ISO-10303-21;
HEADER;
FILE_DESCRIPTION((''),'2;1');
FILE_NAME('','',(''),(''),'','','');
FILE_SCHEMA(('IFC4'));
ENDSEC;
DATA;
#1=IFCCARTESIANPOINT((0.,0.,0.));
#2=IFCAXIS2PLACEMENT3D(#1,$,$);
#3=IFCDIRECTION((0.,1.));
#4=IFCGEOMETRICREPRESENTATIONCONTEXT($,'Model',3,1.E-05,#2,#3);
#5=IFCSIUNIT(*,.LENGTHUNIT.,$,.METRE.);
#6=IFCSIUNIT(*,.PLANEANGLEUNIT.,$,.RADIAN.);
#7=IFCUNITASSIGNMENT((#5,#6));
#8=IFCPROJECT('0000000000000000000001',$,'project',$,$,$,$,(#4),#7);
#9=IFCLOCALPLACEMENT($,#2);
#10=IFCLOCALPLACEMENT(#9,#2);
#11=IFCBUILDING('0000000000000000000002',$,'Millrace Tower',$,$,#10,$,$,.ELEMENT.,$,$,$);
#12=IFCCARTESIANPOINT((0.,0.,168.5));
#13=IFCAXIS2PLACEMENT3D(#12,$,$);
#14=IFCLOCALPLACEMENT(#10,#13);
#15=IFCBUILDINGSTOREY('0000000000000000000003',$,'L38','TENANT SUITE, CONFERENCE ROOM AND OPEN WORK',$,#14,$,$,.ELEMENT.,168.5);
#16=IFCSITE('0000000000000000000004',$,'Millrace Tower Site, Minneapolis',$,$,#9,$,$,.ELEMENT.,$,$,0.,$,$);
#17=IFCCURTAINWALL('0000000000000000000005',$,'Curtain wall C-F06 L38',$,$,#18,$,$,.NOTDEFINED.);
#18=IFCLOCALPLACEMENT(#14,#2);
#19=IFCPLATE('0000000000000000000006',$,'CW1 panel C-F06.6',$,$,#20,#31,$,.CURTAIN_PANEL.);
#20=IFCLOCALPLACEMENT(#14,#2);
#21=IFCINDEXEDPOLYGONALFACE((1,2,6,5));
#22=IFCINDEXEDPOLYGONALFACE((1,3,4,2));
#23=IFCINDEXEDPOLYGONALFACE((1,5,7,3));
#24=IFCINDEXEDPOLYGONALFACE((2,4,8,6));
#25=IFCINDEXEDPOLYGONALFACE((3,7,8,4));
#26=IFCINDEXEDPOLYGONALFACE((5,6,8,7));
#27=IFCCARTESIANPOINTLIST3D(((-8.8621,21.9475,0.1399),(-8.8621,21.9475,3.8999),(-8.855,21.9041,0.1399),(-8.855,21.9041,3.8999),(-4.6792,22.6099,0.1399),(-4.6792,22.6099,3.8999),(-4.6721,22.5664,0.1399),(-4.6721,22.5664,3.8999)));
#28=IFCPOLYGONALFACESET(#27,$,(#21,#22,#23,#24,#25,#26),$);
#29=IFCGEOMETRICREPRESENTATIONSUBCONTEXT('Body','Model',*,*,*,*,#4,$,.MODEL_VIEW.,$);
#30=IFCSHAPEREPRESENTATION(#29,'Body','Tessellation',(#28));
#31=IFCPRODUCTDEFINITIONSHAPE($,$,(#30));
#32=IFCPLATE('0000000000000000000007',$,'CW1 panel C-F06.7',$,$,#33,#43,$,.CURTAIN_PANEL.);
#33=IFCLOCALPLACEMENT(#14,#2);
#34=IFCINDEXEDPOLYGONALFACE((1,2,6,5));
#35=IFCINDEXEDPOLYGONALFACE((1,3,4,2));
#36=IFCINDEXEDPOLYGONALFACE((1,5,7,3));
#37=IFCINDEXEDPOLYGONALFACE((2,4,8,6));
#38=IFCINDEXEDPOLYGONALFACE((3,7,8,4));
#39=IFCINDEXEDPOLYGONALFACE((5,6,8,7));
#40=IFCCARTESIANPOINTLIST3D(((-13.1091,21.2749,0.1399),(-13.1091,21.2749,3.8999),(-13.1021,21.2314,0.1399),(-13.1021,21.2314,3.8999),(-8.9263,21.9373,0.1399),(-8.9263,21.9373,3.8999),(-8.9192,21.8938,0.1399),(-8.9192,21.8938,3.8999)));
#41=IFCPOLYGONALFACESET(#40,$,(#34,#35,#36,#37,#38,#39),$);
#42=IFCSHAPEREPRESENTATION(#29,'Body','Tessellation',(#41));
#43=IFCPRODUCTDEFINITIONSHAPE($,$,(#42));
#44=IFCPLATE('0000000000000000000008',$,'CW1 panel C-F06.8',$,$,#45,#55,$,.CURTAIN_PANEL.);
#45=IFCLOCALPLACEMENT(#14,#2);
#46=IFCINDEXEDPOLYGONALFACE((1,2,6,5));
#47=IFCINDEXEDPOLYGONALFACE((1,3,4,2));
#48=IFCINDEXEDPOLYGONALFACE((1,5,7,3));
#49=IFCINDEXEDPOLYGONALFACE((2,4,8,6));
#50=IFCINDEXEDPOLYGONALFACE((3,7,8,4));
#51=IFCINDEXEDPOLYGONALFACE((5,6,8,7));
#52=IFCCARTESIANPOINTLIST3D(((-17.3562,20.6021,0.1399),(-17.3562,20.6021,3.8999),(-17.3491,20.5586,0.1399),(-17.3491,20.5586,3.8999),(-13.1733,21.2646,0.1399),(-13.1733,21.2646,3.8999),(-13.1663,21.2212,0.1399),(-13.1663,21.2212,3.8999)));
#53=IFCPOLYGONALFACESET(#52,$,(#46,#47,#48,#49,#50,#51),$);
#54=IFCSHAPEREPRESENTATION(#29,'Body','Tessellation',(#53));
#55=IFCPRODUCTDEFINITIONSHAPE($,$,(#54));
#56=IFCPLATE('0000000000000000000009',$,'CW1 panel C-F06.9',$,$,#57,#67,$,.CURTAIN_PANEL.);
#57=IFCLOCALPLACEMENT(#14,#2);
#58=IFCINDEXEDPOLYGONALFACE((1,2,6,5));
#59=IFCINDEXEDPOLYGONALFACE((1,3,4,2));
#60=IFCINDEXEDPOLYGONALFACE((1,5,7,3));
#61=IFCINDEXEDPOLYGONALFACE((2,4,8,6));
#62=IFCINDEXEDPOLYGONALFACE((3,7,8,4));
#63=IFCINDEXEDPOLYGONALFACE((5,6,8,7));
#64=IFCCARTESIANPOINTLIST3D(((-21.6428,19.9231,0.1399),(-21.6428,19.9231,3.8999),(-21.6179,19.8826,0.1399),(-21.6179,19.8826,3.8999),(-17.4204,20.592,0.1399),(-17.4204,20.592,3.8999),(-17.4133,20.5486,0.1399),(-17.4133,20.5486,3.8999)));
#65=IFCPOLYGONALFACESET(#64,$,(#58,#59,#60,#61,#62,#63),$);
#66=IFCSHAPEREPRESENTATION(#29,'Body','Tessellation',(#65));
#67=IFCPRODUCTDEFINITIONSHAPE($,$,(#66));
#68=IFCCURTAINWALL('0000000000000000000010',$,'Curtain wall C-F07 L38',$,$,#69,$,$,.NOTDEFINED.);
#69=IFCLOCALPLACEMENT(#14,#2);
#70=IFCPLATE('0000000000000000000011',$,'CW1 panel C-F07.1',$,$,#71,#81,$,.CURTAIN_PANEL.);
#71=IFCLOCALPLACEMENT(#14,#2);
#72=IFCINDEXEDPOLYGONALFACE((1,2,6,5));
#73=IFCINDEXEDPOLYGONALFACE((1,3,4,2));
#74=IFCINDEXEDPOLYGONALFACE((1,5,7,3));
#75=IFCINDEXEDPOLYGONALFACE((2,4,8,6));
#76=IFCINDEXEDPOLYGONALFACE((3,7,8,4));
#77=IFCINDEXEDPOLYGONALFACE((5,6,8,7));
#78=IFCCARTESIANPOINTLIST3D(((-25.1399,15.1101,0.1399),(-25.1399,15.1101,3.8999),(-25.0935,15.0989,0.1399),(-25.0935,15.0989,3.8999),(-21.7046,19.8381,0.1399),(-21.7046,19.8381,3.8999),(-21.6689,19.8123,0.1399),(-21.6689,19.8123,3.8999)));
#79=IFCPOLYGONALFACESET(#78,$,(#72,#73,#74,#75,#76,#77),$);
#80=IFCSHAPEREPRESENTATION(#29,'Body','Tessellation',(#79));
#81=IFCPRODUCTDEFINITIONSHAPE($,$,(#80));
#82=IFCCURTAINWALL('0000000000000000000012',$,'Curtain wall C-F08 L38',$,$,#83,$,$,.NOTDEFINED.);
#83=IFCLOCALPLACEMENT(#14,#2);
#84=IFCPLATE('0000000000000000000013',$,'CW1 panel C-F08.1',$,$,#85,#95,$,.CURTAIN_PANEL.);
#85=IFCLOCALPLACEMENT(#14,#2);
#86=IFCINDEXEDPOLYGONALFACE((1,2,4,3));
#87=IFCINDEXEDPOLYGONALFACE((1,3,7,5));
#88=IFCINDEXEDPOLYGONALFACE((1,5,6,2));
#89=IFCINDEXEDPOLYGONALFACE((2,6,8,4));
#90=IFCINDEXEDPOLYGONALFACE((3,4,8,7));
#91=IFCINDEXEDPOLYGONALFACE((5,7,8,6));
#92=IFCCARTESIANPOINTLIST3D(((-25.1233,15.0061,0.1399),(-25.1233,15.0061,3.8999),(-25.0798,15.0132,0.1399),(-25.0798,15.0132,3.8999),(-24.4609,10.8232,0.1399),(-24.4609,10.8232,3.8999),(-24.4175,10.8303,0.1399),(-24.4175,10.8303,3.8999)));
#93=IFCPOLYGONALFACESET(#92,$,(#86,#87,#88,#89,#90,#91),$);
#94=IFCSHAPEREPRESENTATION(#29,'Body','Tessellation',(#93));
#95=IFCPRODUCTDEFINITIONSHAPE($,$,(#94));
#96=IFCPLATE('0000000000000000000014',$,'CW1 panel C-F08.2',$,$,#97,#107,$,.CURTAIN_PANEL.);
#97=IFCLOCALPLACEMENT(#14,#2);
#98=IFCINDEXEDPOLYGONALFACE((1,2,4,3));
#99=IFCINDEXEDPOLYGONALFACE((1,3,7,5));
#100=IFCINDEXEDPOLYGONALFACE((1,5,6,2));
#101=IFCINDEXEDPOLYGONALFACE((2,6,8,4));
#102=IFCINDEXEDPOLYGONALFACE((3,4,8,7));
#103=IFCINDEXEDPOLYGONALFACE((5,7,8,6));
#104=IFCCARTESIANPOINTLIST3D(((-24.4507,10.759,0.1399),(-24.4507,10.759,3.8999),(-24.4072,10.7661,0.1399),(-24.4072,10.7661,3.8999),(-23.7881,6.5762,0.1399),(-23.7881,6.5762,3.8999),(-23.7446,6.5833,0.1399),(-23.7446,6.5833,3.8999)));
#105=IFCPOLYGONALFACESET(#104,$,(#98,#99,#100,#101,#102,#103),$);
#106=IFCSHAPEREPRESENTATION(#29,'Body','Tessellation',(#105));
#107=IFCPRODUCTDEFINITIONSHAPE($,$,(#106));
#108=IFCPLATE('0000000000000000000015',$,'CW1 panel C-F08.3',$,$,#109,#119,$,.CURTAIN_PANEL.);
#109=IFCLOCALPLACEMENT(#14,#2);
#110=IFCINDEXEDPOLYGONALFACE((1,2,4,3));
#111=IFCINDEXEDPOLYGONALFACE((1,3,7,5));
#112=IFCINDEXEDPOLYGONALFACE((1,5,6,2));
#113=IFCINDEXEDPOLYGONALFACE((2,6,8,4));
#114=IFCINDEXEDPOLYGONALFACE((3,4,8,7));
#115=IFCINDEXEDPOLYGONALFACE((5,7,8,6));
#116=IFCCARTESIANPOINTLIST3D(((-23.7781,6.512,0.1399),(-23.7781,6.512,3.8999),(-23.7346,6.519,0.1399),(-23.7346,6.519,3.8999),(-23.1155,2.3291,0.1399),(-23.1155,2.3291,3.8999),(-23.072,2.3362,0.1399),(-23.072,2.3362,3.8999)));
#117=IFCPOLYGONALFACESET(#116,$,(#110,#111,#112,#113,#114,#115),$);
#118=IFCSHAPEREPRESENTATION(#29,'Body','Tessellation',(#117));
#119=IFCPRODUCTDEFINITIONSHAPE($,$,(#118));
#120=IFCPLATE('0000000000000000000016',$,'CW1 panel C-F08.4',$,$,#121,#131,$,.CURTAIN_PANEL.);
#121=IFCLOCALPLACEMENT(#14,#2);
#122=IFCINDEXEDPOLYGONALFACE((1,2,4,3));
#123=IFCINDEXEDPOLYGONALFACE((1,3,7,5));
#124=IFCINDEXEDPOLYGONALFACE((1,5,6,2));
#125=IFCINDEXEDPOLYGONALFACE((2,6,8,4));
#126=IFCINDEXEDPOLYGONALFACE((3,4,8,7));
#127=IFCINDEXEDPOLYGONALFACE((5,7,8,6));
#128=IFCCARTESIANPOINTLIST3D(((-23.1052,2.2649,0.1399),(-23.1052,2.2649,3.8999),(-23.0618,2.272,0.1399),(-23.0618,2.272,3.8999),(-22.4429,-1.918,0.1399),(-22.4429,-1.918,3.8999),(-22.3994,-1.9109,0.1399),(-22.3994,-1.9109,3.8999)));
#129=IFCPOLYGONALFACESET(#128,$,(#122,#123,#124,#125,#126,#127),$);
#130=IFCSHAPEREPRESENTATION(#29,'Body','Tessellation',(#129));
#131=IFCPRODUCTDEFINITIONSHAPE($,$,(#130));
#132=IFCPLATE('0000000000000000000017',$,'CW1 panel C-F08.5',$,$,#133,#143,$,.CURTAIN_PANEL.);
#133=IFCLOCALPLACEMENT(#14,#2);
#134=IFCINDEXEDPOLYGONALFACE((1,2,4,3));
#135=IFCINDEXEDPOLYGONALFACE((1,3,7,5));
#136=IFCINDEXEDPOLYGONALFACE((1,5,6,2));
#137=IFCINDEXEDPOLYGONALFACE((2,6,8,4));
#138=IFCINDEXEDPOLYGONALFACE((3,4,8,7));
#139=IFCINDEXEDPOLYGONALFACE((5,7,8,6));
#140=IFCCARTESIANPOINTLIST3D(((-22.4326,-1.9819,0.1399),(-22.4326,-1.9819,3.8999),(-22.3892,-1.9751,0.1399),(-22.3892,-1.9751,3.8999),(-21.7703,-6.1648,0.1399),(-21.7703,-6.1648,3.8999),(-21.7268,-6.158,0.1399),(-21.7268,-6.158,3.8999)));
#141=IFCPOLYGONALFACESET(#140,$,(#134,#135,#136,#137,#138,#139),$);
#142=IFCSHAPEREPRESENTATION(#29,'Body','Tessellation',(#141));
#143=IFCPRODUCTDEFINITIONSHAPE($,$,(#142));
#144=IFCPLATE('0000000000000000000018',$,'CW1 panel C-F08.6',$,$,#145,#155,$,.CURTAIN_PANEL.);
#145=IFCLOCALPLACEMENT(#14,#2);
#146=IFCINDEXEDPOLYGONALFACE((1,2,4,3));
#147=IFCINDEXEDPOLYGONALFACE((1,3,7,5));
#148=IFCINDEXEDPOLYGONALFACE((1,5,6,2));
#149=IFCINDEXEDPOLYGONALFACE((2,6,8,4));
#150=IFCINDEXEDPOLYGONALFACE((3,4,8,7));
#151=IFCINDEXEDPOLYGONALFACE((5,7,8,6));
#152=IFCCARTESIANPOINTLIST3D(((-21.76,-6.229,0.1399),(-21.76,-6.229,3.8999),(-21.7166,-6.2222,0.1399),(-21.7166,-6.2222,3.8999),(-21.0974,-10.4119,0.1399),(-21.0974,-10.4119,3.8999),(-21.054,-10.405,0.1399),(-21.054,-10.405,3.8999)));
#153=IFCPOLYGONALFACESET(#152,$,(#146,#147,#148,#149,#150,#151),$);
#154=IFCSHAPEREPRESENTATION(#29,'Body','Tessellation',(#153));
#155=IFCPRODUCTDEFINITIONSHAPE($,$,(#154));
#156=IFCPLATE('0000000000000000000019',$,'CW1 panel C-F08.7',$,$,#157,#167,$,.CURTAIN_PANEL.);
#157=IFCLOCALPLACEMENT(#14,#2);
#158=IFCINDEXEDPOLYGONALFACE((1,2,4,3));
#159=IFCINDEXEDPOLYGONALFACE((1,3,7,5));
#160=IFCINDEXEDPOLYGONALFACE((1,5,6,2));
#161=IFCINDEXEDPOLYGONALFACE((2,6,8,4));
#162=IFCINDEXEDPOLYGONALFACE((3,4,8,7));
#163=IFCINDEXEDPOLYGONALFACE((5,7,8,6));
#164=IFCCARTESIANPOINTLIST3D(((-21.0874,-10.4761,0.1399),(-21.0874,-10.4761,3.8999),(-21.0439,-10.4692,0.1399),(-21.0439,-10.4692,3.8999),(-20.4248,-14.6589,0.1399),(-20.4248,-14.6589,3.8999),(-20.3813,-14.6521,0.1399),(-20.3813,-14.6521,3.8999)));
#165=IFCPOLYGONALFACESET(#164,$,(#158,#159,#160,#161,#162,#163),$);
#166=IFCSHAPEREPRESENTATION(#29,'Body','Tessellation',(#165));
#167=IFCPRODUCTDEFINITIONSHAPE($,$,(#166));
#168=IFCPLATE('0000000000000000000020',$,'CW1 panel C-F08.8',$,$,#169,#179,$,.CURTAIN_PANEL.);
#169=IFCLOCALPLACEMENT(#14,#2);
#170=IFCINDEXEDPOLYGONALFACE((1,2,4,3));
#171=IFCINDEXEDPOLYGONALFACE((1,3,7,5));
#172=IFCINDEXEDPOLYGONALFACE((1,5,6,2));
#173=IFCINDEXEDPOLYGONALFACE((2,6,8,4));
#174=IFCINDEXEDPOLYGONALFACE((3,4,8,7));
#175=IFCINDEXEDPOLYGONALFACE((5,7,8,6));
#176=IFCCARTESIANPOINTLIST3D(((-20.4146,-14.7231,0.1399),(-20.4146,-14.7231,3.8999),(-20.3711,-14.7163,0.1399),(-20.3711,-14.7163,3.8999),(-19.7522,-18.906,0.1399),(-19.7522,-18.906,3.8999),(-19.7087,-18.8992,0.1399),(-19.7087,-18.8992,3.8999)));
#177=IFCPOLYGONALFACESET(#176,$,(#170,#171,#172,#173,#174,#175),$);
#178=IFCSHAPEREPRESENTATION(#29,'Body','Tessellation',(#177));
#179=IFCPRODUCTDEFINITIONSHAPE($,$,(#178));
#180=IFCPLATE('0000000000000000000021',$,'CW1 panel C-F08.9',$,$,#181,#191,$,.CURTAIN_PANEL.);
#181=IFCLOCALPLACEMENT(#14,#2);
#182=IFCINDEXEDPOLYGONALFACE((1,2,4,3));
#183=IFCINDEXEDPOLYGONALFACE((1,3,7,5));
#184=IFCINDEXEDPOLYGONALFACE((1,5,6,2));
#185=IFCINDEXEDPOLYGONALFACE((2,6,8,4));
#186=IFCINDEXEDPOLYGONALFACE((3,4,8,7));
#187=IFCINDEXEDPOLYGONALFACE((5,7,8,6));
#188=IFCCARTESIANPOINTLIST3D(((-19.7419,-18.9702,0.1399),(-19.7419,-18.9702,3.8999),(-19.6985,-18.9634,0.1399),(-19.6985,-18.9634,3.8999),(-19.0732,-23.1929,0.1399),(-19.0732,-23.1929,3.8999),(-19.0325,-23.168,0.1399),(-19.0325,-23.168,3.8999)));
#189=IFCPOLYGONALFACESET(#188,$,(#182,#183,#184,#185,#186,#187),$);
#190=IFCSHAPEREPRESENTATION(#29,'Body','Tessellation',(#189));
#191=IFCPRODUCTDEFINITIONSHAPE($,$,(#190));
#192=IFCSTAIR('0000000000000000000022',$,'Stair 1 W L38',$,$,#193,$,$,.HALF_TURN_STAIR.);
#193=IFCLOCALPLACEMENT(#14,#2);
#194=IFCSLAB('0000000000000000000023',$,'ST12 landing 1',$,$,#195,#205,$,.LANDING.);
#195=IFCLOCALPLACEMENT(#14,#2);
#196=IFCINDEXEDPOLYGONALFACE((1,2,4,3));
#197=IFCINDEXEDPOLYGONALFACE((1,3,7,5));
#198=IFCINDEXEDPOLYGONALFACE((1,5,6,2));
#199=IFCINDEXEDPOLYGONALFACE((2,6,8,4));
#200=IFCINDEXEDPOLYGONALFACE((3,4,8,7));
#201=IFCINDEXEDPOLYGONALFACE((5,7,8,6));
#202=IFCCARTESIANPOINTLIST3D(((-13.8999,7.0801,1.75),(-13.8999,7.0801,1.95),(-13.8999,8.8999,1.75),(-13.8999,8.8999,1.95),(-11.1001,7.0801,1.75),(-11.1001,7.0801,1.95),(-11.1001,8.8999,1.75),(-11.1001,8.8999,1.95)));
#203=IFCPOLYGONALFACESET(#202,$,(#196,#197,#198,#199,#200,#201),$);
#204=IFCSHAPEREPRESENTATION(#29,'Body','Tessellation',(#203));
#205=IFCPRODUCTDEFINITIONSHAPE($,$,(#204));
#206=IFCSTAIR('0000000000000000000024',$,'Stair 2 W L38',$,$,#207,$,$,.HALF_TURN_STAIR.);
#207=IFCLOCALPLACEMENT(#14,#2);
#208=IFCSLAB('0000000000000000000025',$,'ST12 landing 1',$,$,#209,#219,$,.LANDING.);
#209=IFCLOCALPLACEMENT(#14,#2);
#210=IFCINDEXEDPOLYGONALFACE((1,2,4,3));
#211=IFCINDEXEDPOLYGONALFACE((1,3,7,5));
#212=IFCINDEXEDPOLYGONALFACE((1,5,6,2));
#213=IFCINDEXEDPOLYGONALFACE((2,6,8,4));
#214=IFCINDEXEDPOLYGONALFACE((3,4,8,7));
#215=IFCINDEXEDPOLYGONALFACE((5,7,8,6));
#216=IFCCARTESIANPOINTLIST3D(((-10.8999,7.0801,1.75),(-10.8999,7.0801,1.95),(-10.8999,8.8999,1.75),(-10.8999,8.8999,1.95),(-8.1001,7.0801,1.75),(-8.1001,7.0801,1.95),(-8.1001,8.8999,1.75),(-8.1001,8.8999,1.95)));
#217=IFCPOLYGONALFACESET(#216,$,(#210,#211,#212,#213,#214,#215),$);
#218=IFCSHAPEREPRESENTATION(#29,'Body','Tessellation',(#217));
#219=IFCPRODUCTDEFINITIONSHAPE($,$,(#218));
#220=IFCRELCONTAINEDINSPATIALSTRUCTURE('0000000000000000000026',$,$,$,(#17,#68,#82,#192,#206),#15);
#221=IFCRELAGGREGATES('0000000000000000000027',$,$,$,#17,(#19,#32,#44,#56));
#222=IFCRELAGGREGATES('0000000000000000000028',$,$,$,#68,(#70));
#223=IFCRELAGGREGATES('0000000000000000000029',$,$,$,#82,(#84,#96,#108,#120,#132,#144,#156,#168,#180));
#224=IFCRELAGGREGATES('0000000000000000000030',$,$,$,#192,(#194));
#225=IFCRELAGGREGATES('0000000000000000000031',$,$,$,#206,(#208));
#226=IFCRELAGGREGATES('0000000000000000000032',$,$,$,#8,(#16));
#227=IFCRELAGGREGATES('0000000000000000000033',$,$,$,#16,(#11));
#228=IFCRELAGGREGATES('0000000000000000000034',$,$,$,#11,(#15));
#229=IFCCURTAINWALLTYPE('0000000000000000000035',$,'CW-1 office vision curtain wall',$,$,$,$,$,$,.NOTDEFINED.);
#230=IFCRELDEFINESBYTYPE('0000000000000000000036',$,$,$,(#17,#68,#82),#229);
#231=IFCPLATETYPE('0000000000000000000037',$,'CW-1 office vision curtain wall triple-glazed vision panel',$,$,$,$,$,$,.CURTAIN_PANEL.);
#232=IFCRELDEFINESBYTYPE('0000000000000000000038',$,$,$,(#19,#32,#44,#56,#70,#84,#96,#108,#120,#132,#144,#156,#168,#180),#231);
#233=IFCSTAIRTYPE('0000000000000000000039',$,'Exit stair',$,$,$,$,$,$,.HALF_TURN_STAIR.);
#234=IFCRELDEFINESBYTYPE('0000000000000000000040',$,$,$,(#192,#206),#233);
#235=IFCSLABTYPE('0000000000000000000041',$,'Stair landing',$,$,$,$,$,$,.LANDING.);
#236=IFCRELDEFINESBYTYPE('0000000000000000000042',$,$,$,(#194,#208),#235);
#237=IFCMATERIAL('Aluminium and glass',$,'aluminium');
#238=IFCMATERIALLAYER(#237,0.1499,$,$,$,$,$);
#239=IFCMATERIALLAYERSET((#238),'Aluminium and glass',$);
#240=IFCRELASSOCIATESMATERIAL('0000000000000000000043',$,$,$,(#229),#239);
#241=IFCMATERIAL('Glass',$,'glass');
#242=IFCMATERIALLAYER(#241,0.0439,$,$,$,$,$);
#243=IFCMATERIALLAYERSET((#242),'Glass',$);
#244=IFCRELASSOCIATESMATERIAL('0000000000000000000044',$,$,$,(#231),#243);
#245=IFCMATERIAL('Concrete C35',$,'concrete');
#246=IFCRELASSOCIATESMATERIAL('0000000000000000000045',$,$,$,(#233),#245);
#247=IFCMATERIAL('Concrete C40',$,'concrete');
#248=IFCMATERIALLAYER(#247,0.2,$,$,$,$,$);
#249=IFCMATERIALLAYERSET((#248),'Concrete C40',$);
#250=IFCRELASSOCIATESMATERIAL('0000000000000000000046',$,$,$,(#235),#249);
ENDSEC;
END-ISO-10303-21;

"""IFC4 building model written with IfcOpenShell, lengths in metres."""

from ifc_helpers import new_model, si_unit, direction, frame, origin, place, context, subcontext, project, spatial, polyline, outline, extrude, material, layer, layer_set, type_object, element, aggregate, save


model = new_model("IFC4")

# Units and contexts
model_context = context("Model", 3, precision=1e-05, world=origin(), true_north=direction((0.0, 1.0)))
body_context = subcontext(model_context, "Body", "Model", "MODEL_VIEW")
ifc_project = project(units=[si_unit("LENGTHUNIT", "METRE"), si_unit("PLANEANGLEUNIT", "RADIAN")], contexts=[model_context])

# Site, building, storey
site_placement = place(None, origin())
site = spatial("IfcSite", under=ifc_project, at=site_placement, Name="Millrace Tower Site, Minneapolis", CompositionType="ELEMENT", RefElevation=0.0)
building_placement = place(site_placement, origin())
building = spatial("IfcBuilding", under=site, at=building_placement, Name="Millrace Tower", CompositionType="ELEMENT")
storey_placement = place(building_placement, frame((0.0, 0.0, 168.5)))
storey = spatial("IfcBuildingStorey", under=building, at=storey_placement, Name="L38", Description="TENANT SUITE, CONFERENCE ROOM AND OPEN WORK", CompositionType="ELEMENT", Elevation=168.5)

# Curtain wall, plates
ifc_material_1 = material(Name="Aluminium and glass", Category="aluminium")
ifc_layer_1 = layer(ifc_material_1, 0.1499)
ifc_layer_set_1 = layer_set([ifc_layer_1], Name="Aluminium and glass")
curtain_wall_type = type_object("IfcCurtainWallType", Name="CW-1 office vision curtain wall", PredefinedType="NOTDEFINED", material=ifc_layer_set_1)
placement_1 = place(storey_placement, origin())
curtain_wall_1 = element("IfcCurtainWall", 1, at=placement_1, inside=storey, type_object=curtain_wall_type, Name="Curtain wall C-F06 L38", PredefinedType="NOTDEFINED")
ifc_material_2 = material(Name="Glass", Category="glass")
ifc_layer_2 = layer(ifc_material_2, 0.0439)
ifc_layer_set_2 = layer_set([ifc_layer_2], Name="Glass")
plate_type = type_object("IfcPlateType", Name="CW-1 office vision curtain wall triple-glazed vision panel", PredefinedType="CURTAIN_PANEL", material=ifc_layer_set_2)
placement_2 = place(storey_placement, frame((0.0, 0.0, 0.1399)))
plate_1 = element("IfcPlate", 2, at=placement_2, type_object=plate_type, Name="CW1 panel C-F06.6", PredefinedType="CURTAIN_PANEL", context=body_context, shape_type="SweptSolid", body=[
    extrude(outline(polyline([(-4.6792, 22.6099), (-8.8621, 21.9475), (-8.855, 21.9041), (-4.6721, 22.5664), (-4.6792, 22.6099)])), origin(), (0.0, 0.0, 1.0), 3.76),
])
plate_2 = element("IfcPlate", 3, at=placement_2, type_object=plate_type, Name="CW1 panel C-F06.7", PredefinedType="CURTAIN_PANEL", context=body_context, shape_type="SweptSolid", body=[
    extrude(outline(polyline([(-8.9263, 21.9373), (-13.1091, 21.2749), (-13.1021, 21.2314), (-8.9192, 21.8938), (-8.9263, 21.9373)])), origin(), (0.0, 0.0, 1.0), 3.76),
])
plate_3 = element("IfcPlate", 4, at=placement_2, type_object=plate_type, Name="CW1 panel C-F06.8", PredefinedType="CURTAIN_PANEL", context=body_context, shape_type="SweptSolid", body=[
    extrude(outline(polyline([(-13.1733, 21.2646), (-17.3562, 20.6021), (-17.3491, 20.5586), (-13.1663, 21.2212), (-13.1733, 21.2646)])), origin(), (0.0, 0.0, 1.0), 3.76),
])
plate_4 = element("IfcPlate", 5, at=placement_2, type_object=plate_type, Name="CW1 panel C-F06.9", PredefinedType="CURTAIN_PANEL", context=body_context, shape_type="SweptSolid", body=[
    extrude(outline(polyline([(-17.4204, 20.592), (-21.6428, 19.9231), (-21.6179, 19.8826), (-17.4133, 20.5486), (-17.4204, 20.592)])), origin(), (0.0, 0.0, 1.0), 3.76),
])
aggregate(curtain_wall_1, [plate_1, plate_2, plate_3, plate_4])

# Curtain wall, plate
curtain_wall_2 = element("IfcCurtainWall", 6, at=placement_1, inside=storey, type_object=curtain_wall_type, Name="Curtain wall C-F07 L38", PredefinedType="NOTDEFINED")
plate_5 = element("IfcPlate", 7, at=placement_2, type_object=plate_type, Name="CW1 panel C-F07.1", PredefinedType="CURTAIN_PANEL", context=body_context, shape_type="SweptSolid", body=[
    extrude(outline(polyline([(-21.7046, 19.8381), (-25.1399, 15.1101), (-25.0935, 15.0989), (-21.6689, 19.8123), (-21.7046, 19.8381)])), origin(), (0.0, 0.0, 1.0), 3.76),
])
aggregate(curtain_wall_2, [plate_5])

# Curtain wall, plates
curtain_wall_3 = element("IfcCurtainWall", 8, at=placement_1, inside=storey, type_object=curtain_wall_type, Name="Curtain wall C-F08 L38", PredefinedType="NOTDEFINED")
plate_6 = element("IfcPlate", 9, at=placement_2, type_object=plate_type, Name="CW1 panel C-F08.1", PredefinedType="CURTAIN_PANEL", context=body_context, shape_type="SweptSolid", body=[
    extrude(outline(polyline([(-25.1233, 15.0061), (-24.4609, 10.8232), (-24.4175, 10.8303), (-25.0798, 15.0132), (-25.1233, 15.0061)])), origin(), (0.0, 0.0, 1.0), 3.76),
])
plate_7 = element("IfcPlate", 10, at=placement_2, type_object=plate_type, Name="CW1 panel C-F08.2", PredefinedType="CURTAIN_PANEL", context=body_context, shape_type="SweptSolid", body=[
    extrude(outline(polyline([(-24.4507, 10.759), (-23.7881, 6.5762), (-23.7446, 6.5833), (-24.4072, 10.7661), (-24.4507, 10.759)])), origin(), (0.0, 0.0, 1.0), 3.76),
])
plate_8 = element("IfcPlate", 11, at=placement_2, type_object=plate_type, Name="CW1 panel C-F08.3", PredefinedType="CURTAIN_PANEL", context=body_context, shape_type="SweptSolid", body=[
    extrude(outline(polyline([(-23.7781, 6.512), (-23.1155, 2.3291), (-23.072, 2.3362), (-23.7346, 6.519), (-23.7781, 6.512)])), origin(), (0.0, 0.0, 1.0), 3.76),
])
plate_9 = element("IfcPlate", 12, at=placement_2, type_object=plate_type, Name="CW1 panel C-F08.4", PredefinedType="CURTAIN_PANEL", context=body_context, shape_type="SweptSolid", body=[
    extrude(outline(polyline([(-23.1052, 2.2649), (-22.4429, -1.918), (-22.3994, -1.9109), (-23.0618, 2.272), (-23.1052, 2.2649)])), origin(), (0.0, 0.0, 1.0), 3.76),
])
plate_10 = element("IfcPlate", 13, at=placement_2, type_object=plate_type, Name="CW1 panel C-F08.5", PredefinedType="CURTAIN_PANEL", context=body_context, shape_type="SweptSolid", body=[
    extrude(outline(polyline([(-22.4326, -1.9819), (-21.7703, -6.1648), (-21.7268, -6.158), (-22.3892, -1.9751), (-22.4326, -1.9819)])), origin(), (0.0, 0.0, 1.0), 3.76),
])
plate_11 = element("IfcPlate", 14, at=placement_2, type_object=plate_type, Name="CW1 panel C-F08.6", PredefinedType="CURTAIN_PANEL", context=body_context, shape_type="SweptSolid", body=[
    extrude(outline(polyline([(-21.76, -6.229), (-21.0974, -10.4119), (-21.054, -10.405), (-21.7166, -6.2222), (-21.76, -6.229)])), origin(), (0.0, 0.0, 1.0), 3.76),
])
plate_12 = element("IfcPlate", 15, at=placement_2, type_object=plate_type, Name="CW1 panel C-F08.7", PredefinedType="CURTAIN_PANEL", context=body_context, shape_type="SweptSolid", body=[
    extrude(outline(polyline([(-21.0874, -10.4761), (-20.4248, -14.6589), (-20.3813, -14.6521), (-21.0439, -10.4692), (-21.0874, -10.4761)])), origin(), (0.0, 0.0, 1.0), 3.76),
])
plate_13 = element("IfcPlate", 16, at=placement_2, type_object=plate_type, Name="CW1 panel C-F08.8", PredefinedType="CURTAIN_PANEL", context=body_context, shape_type="SweptSolid", body=[
    extrude(outline(polyline([(-20.4146, -14.7231), (-19.7522, -18.906), (-19.7087, -18.8992), (-20.3711, -14.7163), (-20.4146, -14.7231)])), origin(), (0.0, 0.0, 1.0), 3.76),
])
plate_14 = element("IfcPlate", 17, at=placement_2, type_object=plate_type, Name="CW1 panel C-F08.9", PredefinedType="CURTAIN_PANEL", context=body_context, shape_type="SweptSolid", body=[
    extrude(outline(polyline([(-19.7419, -18.9702), (-19.0732, -23.1929), (-19.0325, -23.168), (-19.6985, -18.9634), (-19.7419, -18.9702)])), origin(), (0.0, 0.0, 1.0), 3.76),
])
aggregate(curtain_wall_3, [plate_6, plate_7, plate_8, plate_9, plate_10, plate_11, plate_12, plate_13, plate_14])

# Stairs, slabs
ifc_material_3 = material(Name="Concrete C35", Category="concrete")
stair_type = type_object("IfcStairType", Name="Exit stair", PredefinedType="HALF_TURN_STAIR", material=ifc_material_3)
stair_1 = element("IfcStair", 18, at=placement_1, inside=storey, type_object=stair_type, Name="Stair 1 W L38", PredefinedType="HALF_TURN_STAIR")
ifc_material_4 = material(Name="Concrete C40", Category="concrete")
ifc_layer_3 = layer(ifc_material_4, 0.2)
ifc_layer_set_3 = layer_set([ifc_layer_3], Name="Concrete C40")
slab_type = type_object("IfcSlabType", Name="Stair landing", PredefinedType="LANDING", material=ifc_layer_set_3)
placement_3 = place(storey_placement, frame((0.0, 0.0, 1.75)))
slab_1 = element("IfcSlab", 19, at=placement_3, type_object=slab_type, Name="ST12 landing 1", PredefinedType="LANDING", context=body_context, shape_type="SweptSolid", body=[
    extrude(outline(polyline([(-13.8999, 7.0801), (-11.1001, 7.0801), (-11.1001, 8.8999), (-13.8999, 8.8999), (-13.8999, 7.0801)])), origin(), (0.0, 0.0, 1.0), 0.2),
])
aggregate(stair_1, [slab_1])
stair_2 = element("IfcStair", 20, at=placement_1, inside=storey, type_object=stair_type, Name="Stair 2 W L38", PredefinedType="HALF_TURN_STAIR")
slab_2 = element("IfcSlab", 21, at=placement_3, type_object=slab_type, Name="ST12 landing 1", PredefinedType="LANDING", context=body_context, shape_type="SweptSolid", body=[
    extrude(outline(polyline([(-10.8999, 7.0801), (-8.1001, 7.0801), (-8.1001, 8.8999), (-10.8999, 8.8999), (-10.8999, 7.0801)])), origin(), (0.0, 0.0, 1.0), 0.2),
])
aggregate(stair_2, [slab_2])

save(model, "model.ifc")
